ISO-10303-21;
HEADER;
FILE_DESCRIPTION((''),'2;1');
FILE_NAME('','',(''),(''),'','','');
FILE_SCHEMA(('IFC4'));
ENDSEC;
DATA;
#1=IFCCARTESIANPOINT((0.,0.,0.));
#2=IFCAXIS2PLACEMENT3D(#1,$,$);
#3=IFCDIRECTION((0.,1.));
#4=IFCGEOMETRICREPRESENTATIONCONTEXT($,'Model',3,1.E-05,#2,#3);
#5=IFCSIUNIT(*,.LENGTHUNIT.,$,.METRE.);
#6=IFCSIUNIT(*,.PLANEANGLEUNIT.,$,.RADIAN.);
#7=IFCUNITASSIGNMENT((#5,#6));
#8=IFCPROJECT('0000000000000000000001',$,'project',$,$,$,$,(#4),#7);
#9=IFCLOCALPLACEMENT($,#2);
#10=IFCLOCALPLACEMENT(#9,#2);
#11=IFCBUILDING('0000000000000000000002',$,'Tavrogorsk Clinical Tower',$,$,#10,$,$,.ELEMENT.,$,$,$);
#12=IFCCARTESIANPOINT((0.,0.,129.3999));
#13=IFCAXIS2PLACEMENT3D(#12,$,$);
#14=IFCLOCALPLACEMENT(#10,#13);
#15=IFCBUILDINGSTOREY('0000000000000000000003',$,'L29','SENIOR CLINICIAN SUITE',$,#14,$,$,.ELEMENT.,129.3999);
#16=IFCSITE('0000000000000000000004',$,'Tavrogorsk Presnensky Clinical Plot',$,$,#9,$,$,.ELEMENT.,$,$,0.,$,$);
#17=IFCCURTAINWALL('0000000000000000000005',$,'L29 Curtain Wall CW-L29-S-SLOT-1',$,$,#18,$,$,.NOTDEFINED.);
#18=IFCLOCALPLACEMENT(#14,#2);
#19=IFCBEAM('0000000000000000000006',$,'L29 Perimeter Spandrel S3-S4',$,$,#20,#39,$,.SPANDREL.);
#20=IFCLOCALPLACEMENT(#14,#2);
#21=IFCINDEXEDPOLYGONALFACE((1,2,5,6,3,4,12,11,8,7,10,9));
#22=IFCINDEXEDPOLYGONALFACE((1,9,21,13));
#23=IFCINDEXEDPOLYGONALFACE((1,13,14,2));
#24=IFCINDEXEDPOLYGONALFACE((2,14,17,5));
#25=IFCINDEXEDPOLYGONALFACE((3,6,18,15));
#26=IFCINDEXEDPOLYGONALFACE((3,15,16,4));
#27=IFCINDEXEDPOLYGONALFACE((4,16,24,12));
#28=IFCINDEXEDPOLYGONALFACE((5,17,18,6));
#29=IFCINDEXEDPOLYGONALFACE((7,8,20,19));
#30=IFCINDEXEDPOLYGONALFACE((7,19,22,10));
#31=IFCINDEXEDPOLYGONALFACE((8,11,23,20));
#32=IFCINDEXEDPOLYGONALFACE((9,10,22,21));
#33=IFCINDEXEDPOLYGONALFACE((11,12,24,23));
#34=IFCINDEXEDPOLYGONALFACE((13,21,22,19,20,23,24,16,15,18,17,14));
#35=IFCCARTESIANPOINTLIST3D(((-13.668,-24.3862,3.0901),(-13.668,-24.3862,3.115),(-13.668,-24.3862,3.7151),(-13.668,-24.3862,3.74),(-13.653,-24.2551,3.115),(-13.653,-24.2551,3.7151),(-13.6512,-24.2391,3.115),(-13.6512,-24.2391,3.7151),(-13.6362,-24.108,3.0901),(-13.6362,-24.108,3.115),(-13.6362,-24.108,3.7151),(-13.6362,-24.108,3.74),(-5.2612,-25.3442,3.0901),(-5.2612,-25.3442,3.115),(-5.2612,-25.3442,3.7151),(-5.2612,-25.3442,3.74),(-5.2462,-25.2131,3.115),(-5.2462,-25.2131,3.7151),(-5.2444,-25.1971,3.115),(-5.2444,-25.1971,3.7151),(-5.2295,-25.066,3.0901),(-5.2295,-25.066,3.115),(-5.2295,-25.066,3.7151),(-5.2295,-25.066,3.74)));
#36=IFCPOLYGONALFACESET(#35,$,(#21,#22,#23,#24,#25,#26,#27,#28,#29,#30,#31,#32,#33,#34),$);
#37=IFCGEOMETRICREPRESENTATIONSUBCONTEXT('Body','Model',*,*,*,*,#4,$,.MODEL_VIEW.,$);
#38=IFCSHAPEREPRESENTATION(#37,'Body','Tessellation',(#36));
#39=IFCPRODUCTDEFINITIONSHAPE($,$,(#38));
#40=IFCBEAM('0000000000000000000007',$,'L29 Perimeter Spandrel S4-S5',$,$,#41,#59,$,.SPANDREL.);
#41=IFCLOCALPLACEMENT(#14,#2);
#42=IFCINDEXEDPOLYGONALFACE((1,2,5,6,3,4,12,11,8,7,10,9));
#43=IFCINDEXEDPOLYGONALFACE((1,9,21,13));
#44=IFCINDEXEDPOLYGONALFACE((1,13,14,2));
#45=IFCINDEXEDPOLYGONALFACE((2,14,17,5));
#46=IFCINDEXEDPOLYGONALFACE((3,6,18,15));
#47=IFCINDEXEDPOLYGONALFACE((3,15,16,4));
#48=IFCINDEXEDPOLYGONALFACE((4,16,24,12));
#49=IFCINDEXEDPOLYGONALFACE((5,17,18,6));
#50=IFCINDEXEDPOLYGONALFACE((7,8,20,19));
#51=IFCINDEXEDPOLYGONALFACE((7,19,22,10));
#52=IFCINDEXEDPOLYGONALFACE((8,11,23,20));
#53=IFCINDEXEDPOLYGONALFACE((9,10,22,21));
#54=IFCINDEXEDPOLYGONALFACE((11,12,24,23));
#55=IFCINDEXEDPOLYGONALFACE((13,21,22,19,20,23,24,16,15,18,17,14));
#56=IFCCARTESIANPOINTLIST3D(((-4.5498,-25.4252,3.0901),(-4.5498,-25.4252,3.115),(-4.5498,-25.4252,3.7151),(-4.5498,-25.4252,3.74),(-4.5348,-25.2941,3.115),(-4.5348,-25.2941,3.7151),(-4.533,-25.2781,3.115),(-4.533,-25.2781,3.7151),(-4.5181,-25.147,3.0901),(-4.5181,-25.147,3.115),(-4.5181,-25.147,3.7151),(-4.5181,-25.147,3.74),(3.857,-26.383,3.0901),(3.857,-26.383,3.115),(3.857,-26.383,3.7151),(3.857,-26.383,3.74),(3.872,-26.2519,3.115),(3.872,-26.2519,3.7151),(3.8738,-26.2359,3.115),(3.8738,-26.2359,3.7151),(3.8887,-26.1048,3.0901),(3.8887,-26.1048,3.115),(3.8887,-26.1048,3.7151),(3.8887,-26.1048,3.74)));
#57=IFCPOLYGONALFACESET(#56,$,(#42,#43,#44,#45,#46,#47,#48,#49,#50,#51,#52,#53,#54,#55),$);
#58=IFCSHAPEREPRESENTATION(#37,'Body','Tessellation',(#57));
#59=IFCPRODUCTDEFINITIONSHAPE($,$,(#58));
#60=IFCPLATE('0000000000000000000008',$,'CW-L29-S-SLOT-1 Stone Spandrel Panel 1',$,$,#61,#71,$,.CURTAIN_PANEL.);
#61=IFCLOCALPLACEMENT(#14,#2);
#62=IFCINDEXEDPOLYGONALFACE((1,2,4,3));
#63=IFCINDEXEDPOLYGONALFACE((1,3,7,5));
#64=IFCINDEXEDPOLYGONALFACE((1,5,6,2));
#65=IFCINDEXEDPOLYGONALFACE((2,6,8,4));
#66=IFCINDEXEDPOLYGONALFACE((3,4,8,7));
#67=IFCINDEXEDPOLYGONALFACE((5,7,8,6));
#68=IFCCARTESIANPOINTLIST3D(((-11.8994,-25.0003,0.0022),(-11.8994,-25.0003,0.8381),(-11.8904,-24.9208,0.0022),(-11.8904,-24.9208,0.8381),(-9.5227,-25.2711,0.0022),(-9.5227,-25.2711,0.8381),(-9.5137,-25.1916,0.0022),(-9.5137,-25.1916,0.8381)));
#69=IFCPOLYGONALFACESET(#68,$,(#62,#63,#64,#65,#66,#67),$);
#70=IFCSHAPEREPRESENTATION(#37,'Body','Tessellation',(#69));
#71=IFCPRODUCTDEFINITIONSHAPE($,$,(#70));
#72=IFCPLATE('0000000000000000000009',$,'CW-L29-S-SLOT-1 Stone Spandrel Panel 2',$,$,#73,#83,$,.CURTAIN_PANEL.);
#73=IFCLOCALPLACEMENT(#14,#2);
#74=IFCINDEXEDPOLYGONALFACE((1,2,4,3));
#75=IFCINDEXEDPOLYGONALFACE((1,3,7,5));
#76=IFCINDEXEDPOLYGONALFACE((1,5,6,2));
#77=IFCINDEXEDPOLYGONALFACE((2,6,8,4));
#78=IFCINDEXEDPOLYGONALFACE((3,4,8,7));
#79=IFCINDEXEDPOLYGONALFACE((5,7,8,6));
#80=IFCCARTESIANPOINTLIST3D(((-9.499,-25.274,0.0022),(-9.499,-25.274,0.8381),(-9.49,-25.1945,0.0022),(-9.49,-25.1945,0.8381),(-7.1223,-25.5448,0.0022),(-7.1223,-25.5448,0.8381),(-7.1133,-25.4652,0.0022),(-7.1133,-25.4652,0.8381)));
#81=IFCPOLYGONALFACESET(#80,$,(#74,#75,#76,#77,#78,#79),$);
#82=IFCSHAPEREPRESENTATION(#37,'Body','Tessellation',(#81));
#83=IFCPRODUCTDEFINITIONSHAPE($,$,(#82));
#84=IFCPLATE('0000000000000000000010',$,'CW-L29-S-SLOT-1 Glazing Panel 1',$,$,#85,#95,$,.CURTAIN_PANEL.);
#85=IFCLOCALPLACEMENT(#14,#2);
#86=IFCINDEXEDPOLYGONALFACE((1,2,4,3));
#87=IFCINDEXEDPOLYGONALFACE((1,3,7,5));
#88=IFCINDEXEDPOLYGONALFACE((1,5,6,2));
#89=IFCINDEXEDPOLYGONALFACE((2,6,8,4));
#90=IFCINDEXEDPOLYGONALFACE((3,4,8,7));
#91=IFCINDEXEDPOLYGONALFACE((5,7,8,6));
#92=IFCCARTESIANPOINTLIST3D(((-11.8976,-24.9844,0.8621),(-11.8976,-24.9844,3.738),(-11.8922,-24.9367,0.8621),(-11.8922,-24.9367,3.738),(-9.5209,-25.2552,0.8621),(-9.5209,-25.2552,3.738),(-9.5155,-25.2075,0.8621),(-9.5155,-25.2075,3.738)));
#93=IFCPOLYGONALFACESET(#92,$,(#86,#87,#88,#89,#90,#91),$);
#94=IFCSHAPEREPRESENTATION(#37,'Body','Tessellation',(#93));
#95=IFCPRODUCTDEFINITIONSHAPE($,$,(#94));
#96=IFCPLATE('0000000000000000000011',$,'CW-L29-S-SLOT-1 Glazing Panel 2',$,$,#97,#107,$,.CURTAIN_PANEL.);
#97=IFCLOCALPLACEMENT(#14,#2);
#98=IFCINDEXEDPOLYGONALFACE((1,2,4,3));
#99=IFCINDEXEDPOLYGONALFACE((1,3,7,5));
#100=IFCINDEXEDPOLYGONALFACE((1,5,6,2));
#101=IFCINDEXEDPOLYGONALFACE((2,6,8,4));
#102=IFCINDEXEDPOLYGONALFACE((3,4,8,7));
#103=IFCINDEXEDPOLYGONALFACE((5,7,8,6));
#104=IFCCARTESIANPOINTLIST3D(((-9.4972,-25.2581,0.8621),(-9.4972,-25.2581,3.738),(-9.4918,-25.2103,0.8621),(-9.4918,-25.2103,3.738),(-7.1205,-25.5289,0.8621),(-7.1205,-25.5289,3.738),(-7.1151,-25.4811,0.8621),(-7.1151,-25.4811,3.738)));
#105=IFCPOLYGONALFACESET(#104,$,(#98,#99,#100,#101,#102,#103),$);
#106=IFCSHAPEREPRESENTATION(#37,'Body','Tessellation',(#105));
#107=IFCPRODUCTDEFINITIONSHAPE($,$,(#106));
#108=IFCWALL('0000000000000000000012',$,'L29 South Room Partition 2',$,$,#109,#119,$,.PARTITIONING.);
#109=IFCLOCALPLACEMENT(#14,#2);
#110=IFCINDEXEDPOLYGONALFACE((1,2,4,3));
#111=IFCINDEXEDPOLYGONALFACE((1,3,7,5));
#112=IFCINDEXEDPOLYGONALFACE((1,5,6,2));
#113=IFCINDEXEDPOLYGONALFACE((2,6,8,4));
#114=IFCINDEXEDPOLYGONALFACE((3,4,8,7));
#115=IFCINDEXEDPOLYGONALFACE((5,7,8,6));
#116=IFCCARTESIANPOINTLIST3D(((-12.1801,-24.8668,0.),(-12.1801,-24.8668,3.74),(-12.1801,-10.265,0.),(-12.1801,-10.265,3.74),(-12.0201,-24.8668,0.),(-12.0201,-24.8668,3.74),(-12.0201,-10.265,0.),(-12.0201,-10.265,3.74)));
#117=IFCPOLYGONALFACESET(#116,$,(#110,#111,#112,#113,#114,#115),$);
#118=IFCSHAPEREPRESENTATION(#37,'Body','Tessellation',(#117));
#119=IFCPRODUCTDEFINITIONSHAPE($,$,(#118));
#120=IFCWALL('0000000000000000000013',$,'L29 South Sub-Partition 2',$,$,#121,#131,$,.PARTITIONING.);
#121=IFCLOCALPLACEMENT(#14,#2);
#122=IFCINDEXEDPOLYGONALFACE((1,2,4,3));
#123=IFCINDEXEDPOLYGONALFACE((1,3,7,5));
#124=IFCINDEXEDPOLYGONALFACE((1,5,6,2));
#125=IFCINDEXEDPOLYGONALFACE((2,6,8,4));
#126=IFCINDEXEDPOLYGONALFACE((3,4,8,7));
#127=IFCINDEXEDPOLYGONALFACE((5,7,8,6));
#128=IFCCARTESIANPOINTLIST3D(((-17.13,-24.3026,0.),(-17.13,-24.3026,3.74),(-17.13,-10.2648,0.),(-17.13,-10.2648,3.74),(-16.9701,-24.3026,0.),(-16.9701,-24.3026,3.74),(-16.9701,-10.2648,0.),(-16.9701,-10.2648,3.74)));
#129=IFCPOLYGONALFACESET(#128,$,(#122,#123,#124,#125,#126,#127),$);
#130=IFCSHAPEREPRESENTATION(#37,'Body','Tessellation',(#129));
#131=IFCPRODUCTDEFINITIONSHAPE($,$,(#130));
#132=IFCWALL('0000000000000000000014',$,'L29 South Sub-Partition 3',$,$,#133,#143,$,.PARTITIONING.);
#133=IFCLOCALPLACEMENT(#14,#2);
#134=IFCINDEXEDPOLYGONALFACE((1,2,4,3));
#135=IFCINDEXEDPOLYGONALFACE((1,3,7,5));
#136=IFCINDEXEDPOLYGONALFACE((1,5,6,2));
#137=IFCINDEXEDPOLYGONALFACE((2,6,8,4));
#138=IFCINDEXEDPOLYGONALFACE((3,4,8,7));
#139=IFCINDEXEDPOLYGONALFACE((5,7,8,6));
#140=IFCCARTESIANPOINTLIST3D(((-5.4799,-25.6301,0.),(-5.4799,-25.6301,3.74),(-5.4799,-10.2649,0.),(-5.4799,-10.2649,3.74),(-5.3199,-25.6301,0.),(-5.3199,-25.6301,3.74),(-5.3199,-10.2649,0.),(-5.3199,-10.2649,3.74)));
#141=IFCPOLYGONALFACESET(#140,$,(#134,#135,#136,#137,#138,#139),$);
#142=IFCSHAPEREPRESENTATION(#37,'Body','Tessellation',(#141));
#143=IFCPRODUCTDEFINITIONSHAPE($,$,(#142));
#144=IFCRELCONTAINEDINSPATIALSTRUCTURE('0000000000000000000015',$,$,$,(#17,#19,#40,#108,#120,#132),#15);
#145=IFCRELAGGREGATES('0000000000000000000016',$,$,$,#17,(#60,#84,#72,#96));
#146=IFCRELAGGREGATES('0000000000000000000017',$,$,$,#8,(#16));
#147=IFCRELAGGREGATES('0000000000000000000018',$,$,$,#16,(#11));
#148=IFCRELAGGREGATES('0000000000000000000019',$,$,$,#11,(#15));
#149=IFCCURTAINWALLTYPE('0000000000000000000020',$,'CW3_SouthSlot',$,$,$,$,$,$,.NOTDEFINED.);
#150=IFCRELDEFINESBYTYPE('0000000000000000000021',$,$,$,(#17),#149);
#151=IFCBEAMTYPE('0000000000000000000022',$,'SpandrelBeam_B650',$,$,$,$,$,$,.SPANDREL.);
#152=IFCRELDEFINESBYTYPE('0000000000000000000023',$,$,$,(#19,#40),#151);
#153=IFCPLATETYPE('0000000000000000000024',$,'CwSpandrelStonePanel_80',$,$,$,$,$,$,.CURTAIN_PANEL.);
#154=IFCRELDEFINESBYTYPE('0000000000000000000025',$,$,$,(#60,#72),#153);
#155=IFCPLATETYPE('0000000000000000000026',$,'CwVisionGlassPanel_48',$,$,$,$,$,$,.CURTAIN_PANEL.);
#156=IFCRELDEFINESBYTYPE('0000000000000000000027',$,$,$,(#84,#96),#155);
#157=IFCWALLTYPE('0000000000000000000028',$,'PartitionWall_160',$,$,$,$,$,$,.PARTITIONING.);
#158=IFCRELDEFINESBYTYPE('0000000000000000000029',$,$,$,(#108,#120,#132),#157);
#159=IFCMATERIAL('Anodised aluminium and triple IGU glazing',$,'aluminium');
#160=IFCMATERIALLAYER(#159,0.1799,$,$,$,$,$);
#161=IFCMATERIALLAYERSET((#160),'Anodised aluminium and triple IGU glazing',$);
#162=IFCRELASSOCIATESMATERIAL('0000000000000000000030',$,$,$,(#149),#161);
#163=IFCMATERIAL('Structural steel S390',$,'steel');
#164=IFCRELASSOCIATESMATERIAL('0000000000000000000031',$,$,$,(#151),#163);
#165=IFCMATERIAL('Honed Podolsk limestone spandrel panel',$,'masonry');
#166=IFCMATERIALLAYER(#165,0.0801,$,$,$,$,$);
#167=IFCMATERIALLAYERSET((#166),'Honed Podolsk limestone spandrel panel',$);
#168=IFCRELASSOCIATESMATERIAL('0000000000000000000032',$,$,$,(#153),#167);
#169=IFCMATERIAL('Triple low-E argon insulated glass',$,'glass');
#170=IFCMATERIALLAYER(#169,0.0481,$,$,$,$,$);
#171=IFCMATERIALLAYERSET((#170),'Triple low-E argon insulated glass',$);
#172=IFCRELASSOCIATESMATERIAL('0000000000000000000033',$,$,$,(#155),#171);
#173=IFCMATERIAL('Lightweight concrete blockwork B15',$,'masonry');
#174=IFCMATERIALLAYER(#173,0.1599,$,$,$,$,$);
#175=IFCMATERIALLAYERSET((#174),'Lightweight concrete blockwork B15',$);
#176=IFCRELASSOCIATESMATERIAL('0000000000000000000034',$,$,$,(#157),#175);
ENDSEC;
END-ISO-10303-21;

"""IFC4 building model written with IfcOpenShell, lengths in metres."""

from ifc_helpers import new_model, si_unit, direction, frame, frame_2d, origin, origin_2d, place, context, subcontext, project, spatial, rectangle, i_section, extrude, material, layer, layer_set, material_profile, profile_set, type_object, element, aggregate, save


model = new_model("IFC4")

# Units and contexts
model_context = context("Model", 3, precision=1e-05, world=origin(), true_north=direction((0.0, 1.0)))
body_context = subcontext(model_context, "Body", "Model", "MODEL_VIEW")
ifc_project = project(units=[si_unit("LENGTHUNIT", "METRE"), si_unit("PLANEANGLEUNIT", "RADIAN")], contexts=[model_context])

# Site, building, storey
site_placement = place(None, origin())
site = spatial("IfcSite", under=ifc_project, at=site_placement, Name="Tavrogorsk Presnensky Clinical Plot", CompositionType="ELEMENT", RefElevation=0.0)
building_placement = place(site_placement, origin())
building = spatial("IfcBuilding", under=site, at=building_placement, Name="Tavrogorsk Clinical Tower", CompositionType="ELEMENT")
storey_placement = place(building_placement, frame((0.0, 0.0, 129.3999)))
storey = spatial("IfcBuildingStorey", under=building, at=storey_placement, Name="L29", Description="SENIOR CLINICIAN SUITE", CompositionType="ELEMENT", Elevation=129.3999)

# Curtain wall
ifc_material_1 = material(Name="Anodised aluminium and triple IGU glazing", Category="aluminium")
ifc_layer_1 = layer(ifc_material_1, 0.1799)
ifc_layer_set_1 = layer_set([ifc_layer_1], Name="Anodised aluminium and triple IGU glazing")
curtain_wall_type = type_object("IfcCurtainWallType", Name="CW3_SouthSlot", PredefinedType="NOTDEFINED", material=ifc_layer_set_1)
curtain_wall_placement = place(storey_placement, origin())
curtain_wall = element("IfcCurtainWall", 1, at=curtain_wall_placement, inside=storey, type_object=curtain_wall_type, Name="L29 Curtain Wall CW-L29-S-SLOT-1", PredefinedType="NOTDEFINED")

# Beams
ifc_material_2 = material(Name="Structural steel S390", Category="steel")
ifc_material_profile_1 = material_profile(ifc_material_2, i_section(OverallWidth=0.28, OverallDepth=0.6499, WebThickness=0.0161, FlangeThickness=0.0249, at=origin_2d()), Name="B-650x280x16x25")
ifc_profile_set_1 = profile_set([ifc_material_profile_1], Name="Structural steel S390")
beam_type = type_object("IfcBeamType", Name="SpandrelBeam_B650", PredefinedType="SPANDREL", material=ifc_profile_set_1)
for number, where, z_axis, x_axis, name in (
    (2, (-13.6521, -24.2471, 3.415), (0.993569, -0.113224, 0.0), (0.113224, 0.993569, 0.0), "L29 Perimeter Spandrel S3-S4"),
    (3, (-4.5339, -25.2861, 3.415), (0.993573, -0.113196, 0.0), (0.113196, 0.993573, 0.0), "L29 Perimeter Spandrel S4-S5"),
):
    element("IfcBeam", number, at=place(storey_placement, frame(where, z_axis=z_axis, x_axis=x_axis)), inside=storey, type_object=beam_type, Name=name, PredefinedType="SPANDREL", context=body_context, shape_type="SweptSolid", body=[
        extrude(i_section(OverallWidth=0.28, OverallDepth=0.6499, WebThickness=0.0161, FlangeThickness=0.0249, at=origin_2d()), origin(), (0.0, 0.0, 1.0), 8.4612),
    ])

# Plates
ifc_material_3 = material(Name="Honed Podolsk limestone spandrel panel", Category="masonry")
ifc_layer_2 = layer(ifc_material_3, 0.0801)
ifc_layer_set_2 = layer_set([ifc_layer_2], Name="Honed Podolsk limestone spandrel panel")
plate_type_1 = type_object("IfcPlateType", Name="CwSpandrelStonePanel_80", PredefinedType="CURTAIN_PANEL", material=ifc_layer_set_2)
plate_1_placement = place(storey_placement, frame((-10.7065, -25.0959, 0.0022), z_axis=(0.0, 0.0, 1.0), x_axis=(0.993572, -0.113203, 0.0)))
plate_1 = element("IfcPlate", 4, at=plate_1_placement, type_object=plate_type_1, Name="CW-L29-S-SLOT-1 Stone Spandrel Panel 1", PredefinedType="CURTAIN_PANEL", context=body_context, shape_type="SweptSolid", body=[
    extrude(rectangle(XDim=2.3921, YDim=0.0801, at=origin_2d()), origin(), (0.0, 0.0, 1.0), 0.8359),
])
plate_2_placement = place(storey_placement, frame((-8.3062, -25.3696, 0.0022), z_axis=(0.0, 0.0, 1.0), x_axis=(0.993572, -0.113203, 0.0)))
plate_2 = element("IfcPlate", 5, at=plate_2_placement, type_object=plate_type_1, Name="CW-L29-S-SLOT-1 Stone Spandrel Panel 2", PredefinedType="CURTAIN_PANEL", context=body_context, shape_type="SweptSolid", body=[
    extrude(rectangle(XDim=2.3921, YDim=0.0801, at=origin_2d()), origin(), (0.0, 0.0, 1.0), 0.8359),
])
ifc_material_4 = material(Name="Triple low-E argon insulated glass", Category="glass")
ifc_layer_3 = layer(ifc_material_4, 0.0481)
ifc_layer_set_3 = layer_set([ifc_layer_3], Name="Triple low-E argon insulated glass")
plate_type_2 = type_object("IfcPlateType", Name="CwVisionGlassPanel_48", PredefinedType="CURTAIN_PANEL", material=ifc_layer_set_3)
plate_3_placement = place(storey_placement, frame((-10.7065, -25.0959, 0.8621), z_axis=(0.0, 0.0, 1.0), x_axis=(0.993572, -0.113203, 0.0)))
plate_3 = element("IfcPlate", 6, at=plate_3_placement, type_object=plate_type_2, Name="CW-L29-S-SLOT-1 Glazing Panel 1", PredefinedType="CURTAIN_PANEL", context=body_context, shape_type="SweptSolid", body=[
    extrude(rectangle(XDim=2.3921, YDim=0.0481, at=origin_2d()), origin(), (0.0, 0.0, 1.0), 2.876),
])
plate_4_placement = place(storey_placement, frame((-8.3062, -25.3696, 0.8621), z_axis=(0.0, 0.0, 1.0), x_axis=(0.993572, -0.113203, 0.0)))
plate_4 = element("IfcPlate", 7, at=plate_4_placement, type_object=plate_type_2, Name="CW-L29-S-SLOT-1 Glazing Panel 2", PredefinedType="CURTAIN_PANEL", context=body_context, shape_type="SweptSolid", body=[
    extrude(rectangle(XDim=2.3921, YDim=0.0481, at=origin_2d()), origin(), (0.0, 0.0, 1.0), 2.876),
])
aggregate(curtain_wall, [plate_1, plate_3, plate_2, plate_4])

# Walls
ifc_material_5 = material(Name="Lightweight concrete blockwork B15", Category="masonry")
ifc_layer_4 = layer(ifc_material_5, 0.1599)
ifc_layer_set_4 = layer_set([ifc_layer_4], Name="Lightweight concrete blockwork B15")
wall_type_1 = type_object("IfcWallType", Name="PartitionWall_160", PredefinedType="PARTITIONING", material=ifc_layer_set_4)
wall_1_placement = place(storey_placement, frame((-12.1001, -24.8667, 0.0), z_axis=(0.0, 0.0, 1.0), x_axis=(0.0, 1.0, 0.0)))
element("IfcWall", 8, at=wall_1_placement, inside=storey, type_object=wall_type_1, Name="L29 South Room Partition 2", PredefinedType="PARTITIONING", context=body_context, shape_type="SweptSolid", body=[
    extrude(rectangle(XDim=14.6018, YDim=0.1599, at=frame_2d((7.3008, 0.0))), origin(), (0.0, 0.0, 1.0), 3.74),
])
wall_2_placement = place(storey_placement, frame((-17.05, -24.3027, 0.0), z_axis=(0.0, 0.0, 1.0), x_axis=(0.0, 1.0, 0.0)))
element("IfcWall", 9, at=wall_2_placement, inside=storey, type_object=wall_type_1, Name="L29 South Sub-Partition 2", PredefinedType="PARTITIONING", context=body_context, shape_type="SweptSolid", body=[
    extrude(rectangle(XDim=14.0378, YDim=0.1599, at=frame_2d((7.019, 0.0))), origin(), (0.0, 0.0, 1.0), 3.74),
])
wall_3_placement = place(storey_placement, frame((-5.3999, -25.6301, 0.0), z_axis=(0.0, 0.0, 1.0), x_axis=(0.0, 1.0, 0.0)))
element("IfcWall", 10, at=wall_3_placement, inside=storey, type_object=wall_type_1, Name="L29 South Sub-Partition 3", PredefinedType="PARTITIONING", context=body_context, shape_type="SweptSolid", body=[
    extrude(rectangle(XDim=15.3652, YDim=0.1599, at=frame_2d((7.6826, 0.0))), origin(), (0.0, 0.0, 1.0), 3.74),
])

save(model, "model.ifc")
